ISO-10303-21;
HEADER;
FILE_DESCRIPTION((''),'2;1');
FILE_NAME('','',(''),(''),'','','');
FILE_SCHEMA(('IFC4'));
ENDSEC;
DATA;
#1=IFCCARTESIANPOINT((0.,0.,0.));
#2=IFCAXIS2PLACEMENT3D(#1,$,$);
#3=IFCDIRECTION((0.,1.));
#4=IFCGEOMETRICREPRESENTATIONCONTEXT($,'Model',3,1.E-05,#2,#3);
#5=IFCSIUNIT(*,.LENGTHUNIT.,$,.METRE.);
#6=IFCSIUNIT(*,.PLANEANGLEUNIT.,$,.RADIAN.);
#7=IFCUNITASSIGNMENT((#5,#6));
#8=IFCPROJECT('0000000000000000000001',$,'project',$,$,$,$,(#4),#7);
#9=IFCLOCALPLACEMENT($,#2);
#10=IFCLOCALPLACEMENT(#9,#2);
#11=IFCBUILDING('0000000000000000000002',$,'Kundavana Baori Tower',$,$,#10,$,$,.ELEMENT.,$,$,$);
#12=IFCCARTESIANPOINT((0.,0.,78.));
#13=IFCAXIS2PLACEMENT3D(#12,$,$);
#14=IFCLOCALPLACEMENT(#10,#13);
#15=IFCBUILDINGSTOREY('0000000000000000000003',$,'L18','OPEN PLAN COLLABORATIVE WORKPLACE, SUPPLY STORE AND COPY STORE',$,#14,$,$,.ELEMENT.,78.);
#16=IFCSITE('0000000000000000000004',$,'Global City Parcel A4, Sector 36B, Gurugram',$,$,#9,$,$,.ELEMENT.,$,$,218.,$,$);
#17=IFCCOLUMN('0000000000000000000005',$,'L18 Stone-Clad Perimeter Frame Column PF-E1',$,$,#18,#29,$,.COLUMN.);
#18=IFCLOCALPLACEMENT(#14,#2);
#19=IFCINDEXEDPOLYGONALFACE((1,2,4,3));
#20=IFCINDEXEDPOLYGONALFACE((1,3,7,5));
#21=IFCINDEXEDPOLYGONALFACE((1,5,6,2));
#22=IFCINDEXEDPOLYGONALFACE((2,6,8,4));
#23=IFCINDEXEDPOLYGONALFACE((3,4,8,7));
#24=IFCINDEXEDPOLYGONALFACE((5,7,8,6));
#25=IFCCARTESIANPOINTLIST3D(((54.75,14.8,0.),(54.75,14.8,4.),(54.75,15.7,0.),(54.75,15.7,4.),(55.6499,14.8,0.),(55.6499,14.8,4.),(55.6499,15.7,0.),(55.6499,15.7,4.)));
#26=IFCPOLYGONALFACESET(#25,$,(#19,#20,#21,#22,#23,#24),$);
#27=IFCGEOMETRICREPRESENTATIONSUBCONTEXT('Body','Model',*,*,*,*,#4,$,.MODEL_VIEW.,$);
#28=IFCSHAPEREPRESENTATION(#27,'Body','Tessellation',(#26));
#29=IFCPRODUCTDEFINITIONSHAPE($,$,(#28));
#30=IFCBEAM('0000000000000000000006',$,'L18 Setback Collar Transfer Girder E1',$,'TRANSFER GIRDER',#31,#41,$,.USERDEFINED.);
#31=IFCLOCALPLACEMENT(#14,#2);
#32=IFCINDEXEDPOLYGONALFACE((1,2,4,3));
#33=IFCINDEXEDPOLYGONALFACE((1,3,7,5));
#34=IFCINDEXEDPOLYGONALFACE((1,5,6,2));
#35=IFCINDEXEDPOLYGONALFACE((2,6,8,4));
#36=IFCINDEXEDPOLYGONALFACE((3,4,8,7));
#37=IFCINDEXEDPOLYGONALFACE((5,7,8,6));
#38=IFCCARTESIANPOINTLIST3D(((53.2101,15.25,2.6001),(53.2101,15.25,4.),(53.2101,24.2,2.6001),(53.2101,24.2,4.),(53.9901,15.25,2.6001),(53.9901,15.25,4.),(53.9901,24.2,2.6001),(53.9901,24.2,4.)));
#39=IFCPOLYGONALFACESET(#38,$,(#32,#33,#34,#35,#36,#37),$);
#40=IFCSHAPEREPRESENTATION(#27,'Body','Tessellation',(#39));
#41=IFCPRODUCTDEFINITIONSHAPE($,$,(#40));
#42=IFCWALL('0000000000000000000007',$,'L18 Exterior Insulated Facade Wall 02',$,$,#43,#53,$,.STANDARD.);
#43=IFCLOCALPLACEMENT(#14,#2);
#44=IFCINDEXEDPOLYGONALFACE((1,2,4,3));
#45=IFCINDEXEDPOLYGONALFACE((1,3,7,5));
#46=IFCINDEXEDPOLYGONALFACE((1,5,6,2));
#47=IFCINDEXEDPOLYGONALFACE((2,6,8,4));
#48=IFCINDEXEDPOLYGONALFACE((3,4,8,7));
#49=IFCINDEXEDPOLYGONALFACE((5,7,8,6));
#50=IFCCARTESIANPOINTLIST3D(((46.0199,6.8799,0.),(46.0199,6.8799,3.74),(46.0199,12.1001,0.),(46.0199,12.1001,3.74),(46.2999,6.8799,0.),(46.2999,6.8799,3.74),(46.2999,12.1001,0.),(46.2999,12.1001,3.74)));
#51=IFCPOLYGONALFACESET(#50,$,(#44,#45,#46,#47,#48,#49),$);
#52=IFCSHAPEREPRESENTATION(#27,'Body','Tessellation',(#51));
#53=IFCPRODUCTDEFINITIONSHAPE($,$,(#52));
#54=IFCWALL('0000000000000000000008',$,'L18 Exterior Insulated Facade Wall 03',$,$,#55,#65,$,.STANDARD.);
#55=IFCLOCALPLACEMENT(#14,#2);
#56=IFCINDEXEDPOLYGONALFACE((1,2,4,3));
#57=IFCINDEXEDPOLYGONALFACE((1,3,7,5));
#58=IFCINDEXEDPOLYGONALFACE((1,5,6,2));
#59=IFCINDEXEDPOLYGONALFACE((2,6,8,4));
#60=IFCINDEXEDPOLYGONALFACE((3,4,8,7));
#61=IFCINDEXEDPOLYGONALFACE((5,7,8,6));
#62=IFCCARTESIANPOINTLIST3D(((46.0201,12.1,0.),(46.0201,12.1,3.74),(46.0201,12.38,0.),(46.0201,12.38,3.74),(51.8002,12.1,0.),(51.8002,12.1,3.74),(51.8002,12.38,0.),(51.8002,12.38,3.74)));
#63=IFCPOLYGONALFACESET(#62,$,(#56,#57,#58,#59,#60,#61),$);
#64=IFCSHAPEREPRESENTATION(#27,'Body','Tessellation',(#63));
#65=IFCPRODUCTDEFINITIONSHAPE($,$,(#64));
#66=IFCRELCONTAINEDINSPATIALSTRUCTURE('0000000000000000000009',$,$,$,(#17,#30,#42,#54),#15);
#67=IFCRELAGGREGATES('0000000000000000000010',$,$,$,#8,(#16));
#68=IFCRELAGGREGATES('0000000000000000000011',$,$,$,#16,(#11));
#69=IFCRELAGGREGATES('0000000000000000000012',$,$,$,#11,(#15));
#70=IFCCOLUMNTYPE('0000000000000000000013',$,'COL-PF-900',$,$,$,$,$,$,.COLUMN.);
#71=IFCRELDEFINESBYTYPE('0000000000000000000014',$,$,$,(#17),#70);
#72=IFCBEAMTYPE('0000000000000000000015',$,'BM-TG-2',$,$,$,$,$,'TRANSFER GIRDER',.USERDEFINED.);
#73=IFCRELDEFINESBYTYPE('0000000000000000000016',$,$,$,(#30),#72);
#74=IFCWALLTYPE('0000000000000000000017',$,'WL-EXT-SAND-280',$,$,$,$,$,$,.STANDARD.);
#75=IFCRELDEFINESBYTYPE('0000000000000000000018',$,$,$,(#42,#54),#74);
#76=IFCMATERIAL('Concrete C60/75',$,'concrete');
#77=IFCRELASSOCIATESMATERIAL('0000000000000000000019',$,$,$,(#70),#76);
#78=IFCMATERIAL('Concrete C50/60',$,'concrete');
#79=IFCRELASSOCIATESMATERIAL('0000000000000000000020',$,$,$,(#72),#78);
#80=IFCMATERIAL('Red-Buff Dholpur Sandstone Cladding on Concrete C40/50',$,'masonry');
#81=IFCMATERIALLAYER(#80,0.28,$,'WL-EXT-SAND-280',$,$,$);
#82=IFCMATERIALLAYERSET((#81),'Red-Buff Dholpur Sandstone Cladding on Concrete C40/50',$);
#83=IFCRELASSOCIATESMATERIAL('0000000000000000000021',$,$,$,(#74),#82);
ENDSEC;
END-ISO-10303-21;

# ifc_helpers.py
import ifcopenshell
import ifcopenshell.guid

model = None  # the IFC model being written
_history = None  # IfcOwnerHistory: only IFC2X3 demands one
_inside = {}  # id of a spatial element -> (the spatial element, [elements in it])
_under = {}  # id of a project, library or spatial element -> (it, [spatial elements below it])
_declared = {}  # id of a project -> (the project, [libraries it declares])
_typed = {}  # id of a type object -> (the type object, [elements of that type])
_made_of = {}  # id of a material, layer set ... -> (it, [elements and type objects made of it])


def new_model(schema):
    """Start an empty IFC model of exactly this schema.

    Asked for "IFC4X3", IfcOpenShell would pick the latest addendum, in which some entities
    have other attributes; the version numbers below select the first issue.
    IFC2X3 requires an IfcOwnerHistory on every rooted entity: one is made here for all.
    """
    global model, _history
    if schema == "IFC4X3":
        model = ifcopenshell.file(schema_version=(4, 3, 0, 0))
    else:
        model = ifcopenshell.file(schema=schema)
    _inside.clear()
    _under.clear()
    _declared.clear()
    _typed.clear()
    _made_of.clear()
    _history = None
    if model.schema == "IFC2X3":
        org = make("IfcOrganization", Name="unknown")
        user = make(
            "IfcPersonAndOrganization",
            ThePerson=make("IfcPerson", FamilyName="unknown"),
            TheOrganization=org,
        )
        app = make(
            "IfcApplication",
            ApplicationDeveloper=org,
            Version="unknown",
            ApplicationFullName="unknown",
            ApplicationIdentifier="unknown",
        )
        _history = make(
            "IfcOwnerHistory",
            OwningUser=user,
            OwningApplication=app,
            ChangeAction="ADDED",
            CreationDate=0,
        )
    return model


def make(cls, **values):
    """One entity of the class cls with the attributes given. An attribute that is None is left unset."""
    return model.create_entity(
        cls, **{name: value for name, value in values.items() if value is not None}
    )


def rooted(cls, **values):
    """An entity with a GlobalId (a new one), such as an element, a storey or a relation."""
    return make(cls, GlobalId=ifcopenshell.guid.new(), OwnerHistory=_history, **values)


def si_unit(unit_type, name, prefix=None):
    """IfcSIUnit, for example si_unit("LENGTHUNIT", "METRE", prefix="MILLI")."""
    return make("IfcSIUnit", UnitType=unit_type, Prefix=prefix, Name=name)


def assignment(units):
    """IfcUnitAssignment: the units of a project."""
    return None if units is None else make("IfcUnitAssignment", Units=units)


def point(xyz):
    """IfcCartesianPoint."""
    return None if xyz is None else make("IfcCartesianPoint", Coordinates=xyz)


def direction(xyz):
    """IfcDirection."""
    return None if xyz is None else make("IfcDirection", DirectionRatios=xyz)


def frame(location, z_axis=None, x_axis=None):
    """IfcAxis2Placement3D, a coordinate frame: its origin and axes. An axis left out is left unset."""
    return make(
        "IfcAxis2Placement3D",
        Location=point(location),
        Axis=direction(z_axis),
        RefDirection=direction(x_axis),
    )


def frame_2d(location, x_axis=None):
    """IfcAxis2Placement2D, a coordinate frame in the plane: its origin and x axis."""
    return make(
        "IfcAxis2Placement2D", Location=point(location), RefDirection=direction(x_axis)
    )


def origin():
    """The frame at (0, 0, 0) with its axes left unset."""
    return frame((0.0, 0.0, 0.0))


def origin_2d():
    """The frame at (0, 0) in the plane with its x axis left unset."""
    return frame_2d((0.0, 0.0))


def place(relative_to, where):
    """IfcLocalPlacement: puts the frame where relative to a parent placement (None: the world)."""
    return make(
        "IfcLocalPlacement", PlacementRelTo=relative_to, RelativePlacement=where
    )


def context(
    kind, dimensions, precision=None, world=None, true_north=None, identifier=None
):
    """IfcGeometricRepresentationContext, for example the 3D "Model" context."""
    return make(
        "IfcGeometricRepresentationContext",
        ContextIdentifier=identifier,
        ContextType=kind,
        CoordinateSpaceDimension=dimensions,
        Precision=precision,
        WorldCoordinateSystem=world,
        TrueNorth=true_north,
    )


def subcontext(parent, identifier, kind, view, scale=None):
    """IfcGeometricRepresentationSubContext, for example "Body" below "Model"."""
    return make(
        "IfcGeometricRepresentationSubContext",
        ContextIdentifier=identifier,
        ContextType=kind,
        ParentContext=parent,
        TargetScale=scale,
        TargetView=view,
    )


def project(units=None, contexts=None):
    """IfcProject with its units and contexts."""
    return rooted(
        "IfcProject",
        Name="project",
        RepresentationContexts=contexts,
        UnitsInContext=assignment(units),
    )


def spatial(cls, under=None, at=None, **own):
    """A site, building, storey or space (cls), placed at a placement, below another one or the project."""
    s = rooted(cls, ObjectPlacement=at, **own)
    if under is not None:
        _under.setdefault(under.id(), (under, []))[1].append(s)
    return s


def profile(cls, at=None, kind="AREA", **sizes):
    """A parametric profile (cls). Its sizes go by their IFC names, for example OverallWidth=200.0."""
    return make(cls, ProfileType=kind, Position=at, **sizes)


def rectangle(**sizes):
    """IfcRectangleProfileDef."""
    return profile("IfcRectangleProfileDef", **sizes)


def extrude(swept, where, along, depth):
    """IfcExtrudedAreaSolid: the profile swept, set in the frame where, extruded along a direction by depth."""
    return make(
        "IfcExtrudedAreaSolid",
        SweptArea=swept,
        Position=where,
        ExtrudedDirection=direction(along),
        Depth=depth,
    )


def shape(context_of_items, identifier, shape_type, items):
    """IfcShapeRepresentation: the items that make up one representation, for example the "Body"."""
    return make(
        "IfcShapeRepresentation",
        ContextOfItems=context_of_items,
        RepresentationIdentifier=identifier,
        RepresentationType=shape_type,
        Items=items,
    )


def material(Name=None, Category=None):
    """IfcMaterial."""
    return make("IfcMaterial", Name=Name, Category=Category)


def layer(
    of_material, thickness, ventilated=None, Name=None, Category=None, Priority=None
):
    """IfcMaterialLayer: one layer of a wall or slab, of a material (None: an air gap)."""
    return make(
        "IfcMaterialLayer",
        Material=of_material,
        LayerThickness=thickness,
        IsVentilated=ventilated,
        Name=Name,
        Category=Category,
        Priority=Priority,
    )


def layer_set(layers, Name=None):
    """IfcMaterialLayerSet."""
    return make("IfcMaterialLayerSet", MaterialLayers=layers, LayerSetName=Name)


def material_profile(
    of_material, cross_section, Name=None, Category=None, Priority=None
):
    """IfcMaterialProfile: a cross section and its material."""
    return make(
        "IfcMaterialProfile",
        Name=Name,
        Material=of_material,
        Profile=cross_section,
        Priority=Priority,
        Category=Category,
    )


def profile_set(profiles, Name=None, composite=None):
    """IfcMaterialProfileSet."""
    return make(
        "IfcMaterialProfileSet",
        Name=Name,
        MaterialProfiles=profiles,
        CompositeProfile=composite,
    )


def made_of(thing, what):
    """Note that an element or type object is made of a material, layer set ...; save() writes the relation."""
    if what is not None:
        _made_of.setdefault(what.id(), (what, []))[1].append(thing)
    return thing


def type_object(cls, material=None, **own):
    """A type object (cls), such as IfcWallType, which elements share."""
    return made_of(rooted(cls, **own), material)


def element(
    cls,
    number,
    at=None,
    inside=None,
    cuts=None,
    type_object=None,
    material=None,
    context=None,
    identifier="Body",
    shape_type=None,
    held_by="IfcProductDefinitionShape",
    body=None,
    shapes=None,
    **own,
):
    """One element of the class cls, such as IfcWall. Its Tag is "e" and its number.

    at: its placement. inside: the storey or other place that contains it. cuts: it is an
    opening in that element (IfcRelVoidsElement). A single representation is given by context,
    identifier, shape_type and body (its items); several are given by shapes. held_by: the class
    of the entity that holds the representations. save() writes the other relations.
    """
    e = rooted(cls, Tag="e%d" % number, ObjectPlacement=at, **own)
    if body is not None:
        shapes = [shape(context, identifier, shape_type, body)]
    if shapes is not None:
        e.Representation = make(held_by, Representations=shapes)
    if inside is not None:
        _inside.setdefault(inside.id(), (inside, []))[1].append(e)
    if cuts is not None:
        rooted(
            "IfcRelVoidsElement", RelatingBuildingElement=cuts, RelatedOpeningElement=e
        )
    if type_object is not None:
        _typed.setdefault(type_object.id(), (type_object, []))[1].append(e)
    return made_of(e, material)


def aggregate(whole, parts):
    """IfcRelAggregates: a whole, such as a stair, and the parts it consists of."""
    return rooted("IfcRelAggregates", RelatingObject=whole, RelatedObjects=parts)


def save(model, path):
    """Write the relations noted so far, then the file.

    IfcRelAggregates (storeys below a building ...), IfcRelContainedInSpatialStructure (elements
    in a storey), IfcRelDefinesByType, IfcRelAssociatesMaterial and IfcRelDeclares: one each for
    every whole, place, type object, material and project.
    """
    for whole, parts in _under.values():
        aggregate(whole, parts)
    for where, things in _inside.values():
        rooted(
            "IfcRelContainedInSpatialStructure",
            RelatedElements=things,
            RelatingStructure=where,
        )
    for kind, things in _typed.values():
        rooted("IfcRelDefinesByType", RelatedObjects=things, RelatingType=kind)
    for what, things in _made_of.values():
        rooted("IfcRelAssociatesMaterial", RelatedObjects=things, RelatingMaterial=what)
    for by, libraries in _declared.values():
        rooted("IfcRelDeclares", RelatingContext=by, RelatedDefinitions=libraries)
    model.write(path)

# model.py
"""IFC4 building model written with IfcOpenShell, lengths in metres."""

from ifc_helpers import new_model, si_unit, direction, frame, frame_2d, origin, origin_2d, place, context, subcontext, project, spatial, rectangle, extrude, material, layer, layer_set, material_profile, profile_set, type_object, element, save


model = new_model("IFC4")

# Units and contexts
model_context = context("Model", 3, precision=1e-05, world=origin(), true_north=direction((0.0, 1.0)))
body_context = subcontext(model_context, "Body", "Model", "MODEL_VIEW")
ifc_project = project(units=[si_unit("LENGTHUNIT", "METRE"), si_unit("PLANEANGLEUNIT", "RADIAN")], contexts=[model_context])

# Site, building, storey
site_placement = place(None, origin())
site = spatial("IfcSite", under=ifc_project, at=site_placement, Name="Global City Parcel A4, Sector 36B, Gurugram", CompositionType="ELEMENT", RefElevation=218.0)
building_placement = place(site_placement, origin())
building = spatial("IfcBuilding", under=site, at=building_placement, Name="Kundavana Baori Tower", CompositionType="ELEMENT")
storey_placement = place(building_placement, frame((0.0, 0.0, 78.0)))
storey = spatial("IfcBuildingStorey", under=building, at=storey_placement, Name="L18", Description="OPEN PLAN COLLABORATIVE WORKPLACE, SUPPLY STORE AND COPY STORE", CompositionType="ELEMENT", Elevation=78.0)

# Column
ifc_material_1 = material(Name="Concrete C60/75", Category="concrete")
ifc_material_profile_1 = material_profile(ifc_material_1, rectangle(XDim=0.8999, YDim=0.8999, at=origin_2d()), Name="RC PF 900x900")
ifc_profile_set_1 = profile_set([ifc_material_profile_1], Name="Concrete C60/75")
column_type = type_object("IfcColumnType", Name="COL-PF-900", PredefinedType="COLUMN", material=ifc_profile_set_1)
column_placement = place(storey_placement, frame((55.2, 15.25, 0.0), z_axis=(0.0, 0.0, 1.0), x_axis=(1.0, 0.0, 0.0)))
element("IfcColumn", 1, at=column_placement, inside=storey, type_object=column_type, Name="L18 Stone-Clad Perimeter Frame Column PF-E1", PredefinedType="COLUMN", context=body_context, shape_type="SweptSolid", body=[
    extrude(rectangle(XDim=0.8999, YDim=0.8999, at=origin_2d()), origin(), (0.0, 0.0, 1.0), 4.0),
])

# Beam
ifc_material_2 = material(Name="Concrete C50/60", Category="concrete")
ifc_material_profile_2 = material_profile(ifc_material_2, rectangle(XDim=0.78, YDim=1.3999, at=origin_2d()), Name="BM-TG-2")
ifc_profile_set_2 = profile_set([ifc_material_profile_2], Name="Concrete C50/60")
beam_type = type_object("IfcBeamType", Name="BM-TG-2", ElementType="TRANSFER GIRDER", PredefinedType="USERDEFINED", material=ifc_profile_set_2)
beam_placement = place(storey_placement, frame((53.6001, 15.25, 3.3), z_axis=(0.0, 1.0, 0.0), x_axis=(-1.0, 0.0, 0.0)))
element("IfcBeam", 2, at=beam_placement, inside=storey, type_object=beam_type, Name="L18 Setback Collar Transfer Girder E1", ObjectType="TRANSFER GIRDER", PredefinedType="USERDEFINED", context=body_context, shape_type="SweptSolid", body=[
    extrude(rectangle(XDim=0.78, YDim=1.3999, at=origin_2d()), origin(), (0.0, 0.0, 1.0), 8.95),
])

# Walls
ifc_material_3 = material(Name="Red-Buff Dholpur Sandstone Cladding on Concrete C40/50", Category="masonry")
ifc_layer_1 = layer(ifc_material_3, 0.28, Name="WL-EXT-SAND-280")
ifc_layer_set_1 = layer_set([ifc_layer_1], Name="Red-Buff Dholpur Sandstone Cladding on Concrete C40/50")
wall_type_1 = type_object("IfcWallType", Name="WL-EXT-SAND-280", PredefinedType="STANDARD", material=ifc_layer_set_1)
wall_1_placement = place(storey_placement, frame((46.1599, 6.8799, 0.0), z_axis=(0.0, 0.0, 1.0), x_axis=(0.0, 1.0, 0.0)))
element("IfcWall", 3, at=wall_1_placement, inside=storey, type_object=wall_type_1, Name="L18 Exterior Insulated Facade Wall 02", PredefinedType="STANDARD", context=body_context, shape_type="SweptSolid", body=[
    extrude(rectangle(XDim=5.2202, YDim=0.28, at=frame_2d((2.6101, 0.0))), origin(), (0.0, 0.0, 1.0), 3.74),
])
wall_2_placement = place(storey_placement, frame((46.02, 12.24, 0.0), z_axis=(0.0, 0.0, 1.0), x_axis=(1.0, 0.0, 0.0)))
element("IfcWall", 4, at=wall_2_placement, inside=storey, type_object=wall_type_1, Name="L18 Exterior Insulated Facade Wall 03", PredefinedType="STANDARD", context=body_context, shape_type="SweptSolid", body=[
    extrude(rectangle(XDim=5.78, YDim=0.28, at=frame_2d((2.8901, 0.0))), origin(), (0.0, 0.0, 1.0), 3.74),
])

save(model, "model.ifc")
